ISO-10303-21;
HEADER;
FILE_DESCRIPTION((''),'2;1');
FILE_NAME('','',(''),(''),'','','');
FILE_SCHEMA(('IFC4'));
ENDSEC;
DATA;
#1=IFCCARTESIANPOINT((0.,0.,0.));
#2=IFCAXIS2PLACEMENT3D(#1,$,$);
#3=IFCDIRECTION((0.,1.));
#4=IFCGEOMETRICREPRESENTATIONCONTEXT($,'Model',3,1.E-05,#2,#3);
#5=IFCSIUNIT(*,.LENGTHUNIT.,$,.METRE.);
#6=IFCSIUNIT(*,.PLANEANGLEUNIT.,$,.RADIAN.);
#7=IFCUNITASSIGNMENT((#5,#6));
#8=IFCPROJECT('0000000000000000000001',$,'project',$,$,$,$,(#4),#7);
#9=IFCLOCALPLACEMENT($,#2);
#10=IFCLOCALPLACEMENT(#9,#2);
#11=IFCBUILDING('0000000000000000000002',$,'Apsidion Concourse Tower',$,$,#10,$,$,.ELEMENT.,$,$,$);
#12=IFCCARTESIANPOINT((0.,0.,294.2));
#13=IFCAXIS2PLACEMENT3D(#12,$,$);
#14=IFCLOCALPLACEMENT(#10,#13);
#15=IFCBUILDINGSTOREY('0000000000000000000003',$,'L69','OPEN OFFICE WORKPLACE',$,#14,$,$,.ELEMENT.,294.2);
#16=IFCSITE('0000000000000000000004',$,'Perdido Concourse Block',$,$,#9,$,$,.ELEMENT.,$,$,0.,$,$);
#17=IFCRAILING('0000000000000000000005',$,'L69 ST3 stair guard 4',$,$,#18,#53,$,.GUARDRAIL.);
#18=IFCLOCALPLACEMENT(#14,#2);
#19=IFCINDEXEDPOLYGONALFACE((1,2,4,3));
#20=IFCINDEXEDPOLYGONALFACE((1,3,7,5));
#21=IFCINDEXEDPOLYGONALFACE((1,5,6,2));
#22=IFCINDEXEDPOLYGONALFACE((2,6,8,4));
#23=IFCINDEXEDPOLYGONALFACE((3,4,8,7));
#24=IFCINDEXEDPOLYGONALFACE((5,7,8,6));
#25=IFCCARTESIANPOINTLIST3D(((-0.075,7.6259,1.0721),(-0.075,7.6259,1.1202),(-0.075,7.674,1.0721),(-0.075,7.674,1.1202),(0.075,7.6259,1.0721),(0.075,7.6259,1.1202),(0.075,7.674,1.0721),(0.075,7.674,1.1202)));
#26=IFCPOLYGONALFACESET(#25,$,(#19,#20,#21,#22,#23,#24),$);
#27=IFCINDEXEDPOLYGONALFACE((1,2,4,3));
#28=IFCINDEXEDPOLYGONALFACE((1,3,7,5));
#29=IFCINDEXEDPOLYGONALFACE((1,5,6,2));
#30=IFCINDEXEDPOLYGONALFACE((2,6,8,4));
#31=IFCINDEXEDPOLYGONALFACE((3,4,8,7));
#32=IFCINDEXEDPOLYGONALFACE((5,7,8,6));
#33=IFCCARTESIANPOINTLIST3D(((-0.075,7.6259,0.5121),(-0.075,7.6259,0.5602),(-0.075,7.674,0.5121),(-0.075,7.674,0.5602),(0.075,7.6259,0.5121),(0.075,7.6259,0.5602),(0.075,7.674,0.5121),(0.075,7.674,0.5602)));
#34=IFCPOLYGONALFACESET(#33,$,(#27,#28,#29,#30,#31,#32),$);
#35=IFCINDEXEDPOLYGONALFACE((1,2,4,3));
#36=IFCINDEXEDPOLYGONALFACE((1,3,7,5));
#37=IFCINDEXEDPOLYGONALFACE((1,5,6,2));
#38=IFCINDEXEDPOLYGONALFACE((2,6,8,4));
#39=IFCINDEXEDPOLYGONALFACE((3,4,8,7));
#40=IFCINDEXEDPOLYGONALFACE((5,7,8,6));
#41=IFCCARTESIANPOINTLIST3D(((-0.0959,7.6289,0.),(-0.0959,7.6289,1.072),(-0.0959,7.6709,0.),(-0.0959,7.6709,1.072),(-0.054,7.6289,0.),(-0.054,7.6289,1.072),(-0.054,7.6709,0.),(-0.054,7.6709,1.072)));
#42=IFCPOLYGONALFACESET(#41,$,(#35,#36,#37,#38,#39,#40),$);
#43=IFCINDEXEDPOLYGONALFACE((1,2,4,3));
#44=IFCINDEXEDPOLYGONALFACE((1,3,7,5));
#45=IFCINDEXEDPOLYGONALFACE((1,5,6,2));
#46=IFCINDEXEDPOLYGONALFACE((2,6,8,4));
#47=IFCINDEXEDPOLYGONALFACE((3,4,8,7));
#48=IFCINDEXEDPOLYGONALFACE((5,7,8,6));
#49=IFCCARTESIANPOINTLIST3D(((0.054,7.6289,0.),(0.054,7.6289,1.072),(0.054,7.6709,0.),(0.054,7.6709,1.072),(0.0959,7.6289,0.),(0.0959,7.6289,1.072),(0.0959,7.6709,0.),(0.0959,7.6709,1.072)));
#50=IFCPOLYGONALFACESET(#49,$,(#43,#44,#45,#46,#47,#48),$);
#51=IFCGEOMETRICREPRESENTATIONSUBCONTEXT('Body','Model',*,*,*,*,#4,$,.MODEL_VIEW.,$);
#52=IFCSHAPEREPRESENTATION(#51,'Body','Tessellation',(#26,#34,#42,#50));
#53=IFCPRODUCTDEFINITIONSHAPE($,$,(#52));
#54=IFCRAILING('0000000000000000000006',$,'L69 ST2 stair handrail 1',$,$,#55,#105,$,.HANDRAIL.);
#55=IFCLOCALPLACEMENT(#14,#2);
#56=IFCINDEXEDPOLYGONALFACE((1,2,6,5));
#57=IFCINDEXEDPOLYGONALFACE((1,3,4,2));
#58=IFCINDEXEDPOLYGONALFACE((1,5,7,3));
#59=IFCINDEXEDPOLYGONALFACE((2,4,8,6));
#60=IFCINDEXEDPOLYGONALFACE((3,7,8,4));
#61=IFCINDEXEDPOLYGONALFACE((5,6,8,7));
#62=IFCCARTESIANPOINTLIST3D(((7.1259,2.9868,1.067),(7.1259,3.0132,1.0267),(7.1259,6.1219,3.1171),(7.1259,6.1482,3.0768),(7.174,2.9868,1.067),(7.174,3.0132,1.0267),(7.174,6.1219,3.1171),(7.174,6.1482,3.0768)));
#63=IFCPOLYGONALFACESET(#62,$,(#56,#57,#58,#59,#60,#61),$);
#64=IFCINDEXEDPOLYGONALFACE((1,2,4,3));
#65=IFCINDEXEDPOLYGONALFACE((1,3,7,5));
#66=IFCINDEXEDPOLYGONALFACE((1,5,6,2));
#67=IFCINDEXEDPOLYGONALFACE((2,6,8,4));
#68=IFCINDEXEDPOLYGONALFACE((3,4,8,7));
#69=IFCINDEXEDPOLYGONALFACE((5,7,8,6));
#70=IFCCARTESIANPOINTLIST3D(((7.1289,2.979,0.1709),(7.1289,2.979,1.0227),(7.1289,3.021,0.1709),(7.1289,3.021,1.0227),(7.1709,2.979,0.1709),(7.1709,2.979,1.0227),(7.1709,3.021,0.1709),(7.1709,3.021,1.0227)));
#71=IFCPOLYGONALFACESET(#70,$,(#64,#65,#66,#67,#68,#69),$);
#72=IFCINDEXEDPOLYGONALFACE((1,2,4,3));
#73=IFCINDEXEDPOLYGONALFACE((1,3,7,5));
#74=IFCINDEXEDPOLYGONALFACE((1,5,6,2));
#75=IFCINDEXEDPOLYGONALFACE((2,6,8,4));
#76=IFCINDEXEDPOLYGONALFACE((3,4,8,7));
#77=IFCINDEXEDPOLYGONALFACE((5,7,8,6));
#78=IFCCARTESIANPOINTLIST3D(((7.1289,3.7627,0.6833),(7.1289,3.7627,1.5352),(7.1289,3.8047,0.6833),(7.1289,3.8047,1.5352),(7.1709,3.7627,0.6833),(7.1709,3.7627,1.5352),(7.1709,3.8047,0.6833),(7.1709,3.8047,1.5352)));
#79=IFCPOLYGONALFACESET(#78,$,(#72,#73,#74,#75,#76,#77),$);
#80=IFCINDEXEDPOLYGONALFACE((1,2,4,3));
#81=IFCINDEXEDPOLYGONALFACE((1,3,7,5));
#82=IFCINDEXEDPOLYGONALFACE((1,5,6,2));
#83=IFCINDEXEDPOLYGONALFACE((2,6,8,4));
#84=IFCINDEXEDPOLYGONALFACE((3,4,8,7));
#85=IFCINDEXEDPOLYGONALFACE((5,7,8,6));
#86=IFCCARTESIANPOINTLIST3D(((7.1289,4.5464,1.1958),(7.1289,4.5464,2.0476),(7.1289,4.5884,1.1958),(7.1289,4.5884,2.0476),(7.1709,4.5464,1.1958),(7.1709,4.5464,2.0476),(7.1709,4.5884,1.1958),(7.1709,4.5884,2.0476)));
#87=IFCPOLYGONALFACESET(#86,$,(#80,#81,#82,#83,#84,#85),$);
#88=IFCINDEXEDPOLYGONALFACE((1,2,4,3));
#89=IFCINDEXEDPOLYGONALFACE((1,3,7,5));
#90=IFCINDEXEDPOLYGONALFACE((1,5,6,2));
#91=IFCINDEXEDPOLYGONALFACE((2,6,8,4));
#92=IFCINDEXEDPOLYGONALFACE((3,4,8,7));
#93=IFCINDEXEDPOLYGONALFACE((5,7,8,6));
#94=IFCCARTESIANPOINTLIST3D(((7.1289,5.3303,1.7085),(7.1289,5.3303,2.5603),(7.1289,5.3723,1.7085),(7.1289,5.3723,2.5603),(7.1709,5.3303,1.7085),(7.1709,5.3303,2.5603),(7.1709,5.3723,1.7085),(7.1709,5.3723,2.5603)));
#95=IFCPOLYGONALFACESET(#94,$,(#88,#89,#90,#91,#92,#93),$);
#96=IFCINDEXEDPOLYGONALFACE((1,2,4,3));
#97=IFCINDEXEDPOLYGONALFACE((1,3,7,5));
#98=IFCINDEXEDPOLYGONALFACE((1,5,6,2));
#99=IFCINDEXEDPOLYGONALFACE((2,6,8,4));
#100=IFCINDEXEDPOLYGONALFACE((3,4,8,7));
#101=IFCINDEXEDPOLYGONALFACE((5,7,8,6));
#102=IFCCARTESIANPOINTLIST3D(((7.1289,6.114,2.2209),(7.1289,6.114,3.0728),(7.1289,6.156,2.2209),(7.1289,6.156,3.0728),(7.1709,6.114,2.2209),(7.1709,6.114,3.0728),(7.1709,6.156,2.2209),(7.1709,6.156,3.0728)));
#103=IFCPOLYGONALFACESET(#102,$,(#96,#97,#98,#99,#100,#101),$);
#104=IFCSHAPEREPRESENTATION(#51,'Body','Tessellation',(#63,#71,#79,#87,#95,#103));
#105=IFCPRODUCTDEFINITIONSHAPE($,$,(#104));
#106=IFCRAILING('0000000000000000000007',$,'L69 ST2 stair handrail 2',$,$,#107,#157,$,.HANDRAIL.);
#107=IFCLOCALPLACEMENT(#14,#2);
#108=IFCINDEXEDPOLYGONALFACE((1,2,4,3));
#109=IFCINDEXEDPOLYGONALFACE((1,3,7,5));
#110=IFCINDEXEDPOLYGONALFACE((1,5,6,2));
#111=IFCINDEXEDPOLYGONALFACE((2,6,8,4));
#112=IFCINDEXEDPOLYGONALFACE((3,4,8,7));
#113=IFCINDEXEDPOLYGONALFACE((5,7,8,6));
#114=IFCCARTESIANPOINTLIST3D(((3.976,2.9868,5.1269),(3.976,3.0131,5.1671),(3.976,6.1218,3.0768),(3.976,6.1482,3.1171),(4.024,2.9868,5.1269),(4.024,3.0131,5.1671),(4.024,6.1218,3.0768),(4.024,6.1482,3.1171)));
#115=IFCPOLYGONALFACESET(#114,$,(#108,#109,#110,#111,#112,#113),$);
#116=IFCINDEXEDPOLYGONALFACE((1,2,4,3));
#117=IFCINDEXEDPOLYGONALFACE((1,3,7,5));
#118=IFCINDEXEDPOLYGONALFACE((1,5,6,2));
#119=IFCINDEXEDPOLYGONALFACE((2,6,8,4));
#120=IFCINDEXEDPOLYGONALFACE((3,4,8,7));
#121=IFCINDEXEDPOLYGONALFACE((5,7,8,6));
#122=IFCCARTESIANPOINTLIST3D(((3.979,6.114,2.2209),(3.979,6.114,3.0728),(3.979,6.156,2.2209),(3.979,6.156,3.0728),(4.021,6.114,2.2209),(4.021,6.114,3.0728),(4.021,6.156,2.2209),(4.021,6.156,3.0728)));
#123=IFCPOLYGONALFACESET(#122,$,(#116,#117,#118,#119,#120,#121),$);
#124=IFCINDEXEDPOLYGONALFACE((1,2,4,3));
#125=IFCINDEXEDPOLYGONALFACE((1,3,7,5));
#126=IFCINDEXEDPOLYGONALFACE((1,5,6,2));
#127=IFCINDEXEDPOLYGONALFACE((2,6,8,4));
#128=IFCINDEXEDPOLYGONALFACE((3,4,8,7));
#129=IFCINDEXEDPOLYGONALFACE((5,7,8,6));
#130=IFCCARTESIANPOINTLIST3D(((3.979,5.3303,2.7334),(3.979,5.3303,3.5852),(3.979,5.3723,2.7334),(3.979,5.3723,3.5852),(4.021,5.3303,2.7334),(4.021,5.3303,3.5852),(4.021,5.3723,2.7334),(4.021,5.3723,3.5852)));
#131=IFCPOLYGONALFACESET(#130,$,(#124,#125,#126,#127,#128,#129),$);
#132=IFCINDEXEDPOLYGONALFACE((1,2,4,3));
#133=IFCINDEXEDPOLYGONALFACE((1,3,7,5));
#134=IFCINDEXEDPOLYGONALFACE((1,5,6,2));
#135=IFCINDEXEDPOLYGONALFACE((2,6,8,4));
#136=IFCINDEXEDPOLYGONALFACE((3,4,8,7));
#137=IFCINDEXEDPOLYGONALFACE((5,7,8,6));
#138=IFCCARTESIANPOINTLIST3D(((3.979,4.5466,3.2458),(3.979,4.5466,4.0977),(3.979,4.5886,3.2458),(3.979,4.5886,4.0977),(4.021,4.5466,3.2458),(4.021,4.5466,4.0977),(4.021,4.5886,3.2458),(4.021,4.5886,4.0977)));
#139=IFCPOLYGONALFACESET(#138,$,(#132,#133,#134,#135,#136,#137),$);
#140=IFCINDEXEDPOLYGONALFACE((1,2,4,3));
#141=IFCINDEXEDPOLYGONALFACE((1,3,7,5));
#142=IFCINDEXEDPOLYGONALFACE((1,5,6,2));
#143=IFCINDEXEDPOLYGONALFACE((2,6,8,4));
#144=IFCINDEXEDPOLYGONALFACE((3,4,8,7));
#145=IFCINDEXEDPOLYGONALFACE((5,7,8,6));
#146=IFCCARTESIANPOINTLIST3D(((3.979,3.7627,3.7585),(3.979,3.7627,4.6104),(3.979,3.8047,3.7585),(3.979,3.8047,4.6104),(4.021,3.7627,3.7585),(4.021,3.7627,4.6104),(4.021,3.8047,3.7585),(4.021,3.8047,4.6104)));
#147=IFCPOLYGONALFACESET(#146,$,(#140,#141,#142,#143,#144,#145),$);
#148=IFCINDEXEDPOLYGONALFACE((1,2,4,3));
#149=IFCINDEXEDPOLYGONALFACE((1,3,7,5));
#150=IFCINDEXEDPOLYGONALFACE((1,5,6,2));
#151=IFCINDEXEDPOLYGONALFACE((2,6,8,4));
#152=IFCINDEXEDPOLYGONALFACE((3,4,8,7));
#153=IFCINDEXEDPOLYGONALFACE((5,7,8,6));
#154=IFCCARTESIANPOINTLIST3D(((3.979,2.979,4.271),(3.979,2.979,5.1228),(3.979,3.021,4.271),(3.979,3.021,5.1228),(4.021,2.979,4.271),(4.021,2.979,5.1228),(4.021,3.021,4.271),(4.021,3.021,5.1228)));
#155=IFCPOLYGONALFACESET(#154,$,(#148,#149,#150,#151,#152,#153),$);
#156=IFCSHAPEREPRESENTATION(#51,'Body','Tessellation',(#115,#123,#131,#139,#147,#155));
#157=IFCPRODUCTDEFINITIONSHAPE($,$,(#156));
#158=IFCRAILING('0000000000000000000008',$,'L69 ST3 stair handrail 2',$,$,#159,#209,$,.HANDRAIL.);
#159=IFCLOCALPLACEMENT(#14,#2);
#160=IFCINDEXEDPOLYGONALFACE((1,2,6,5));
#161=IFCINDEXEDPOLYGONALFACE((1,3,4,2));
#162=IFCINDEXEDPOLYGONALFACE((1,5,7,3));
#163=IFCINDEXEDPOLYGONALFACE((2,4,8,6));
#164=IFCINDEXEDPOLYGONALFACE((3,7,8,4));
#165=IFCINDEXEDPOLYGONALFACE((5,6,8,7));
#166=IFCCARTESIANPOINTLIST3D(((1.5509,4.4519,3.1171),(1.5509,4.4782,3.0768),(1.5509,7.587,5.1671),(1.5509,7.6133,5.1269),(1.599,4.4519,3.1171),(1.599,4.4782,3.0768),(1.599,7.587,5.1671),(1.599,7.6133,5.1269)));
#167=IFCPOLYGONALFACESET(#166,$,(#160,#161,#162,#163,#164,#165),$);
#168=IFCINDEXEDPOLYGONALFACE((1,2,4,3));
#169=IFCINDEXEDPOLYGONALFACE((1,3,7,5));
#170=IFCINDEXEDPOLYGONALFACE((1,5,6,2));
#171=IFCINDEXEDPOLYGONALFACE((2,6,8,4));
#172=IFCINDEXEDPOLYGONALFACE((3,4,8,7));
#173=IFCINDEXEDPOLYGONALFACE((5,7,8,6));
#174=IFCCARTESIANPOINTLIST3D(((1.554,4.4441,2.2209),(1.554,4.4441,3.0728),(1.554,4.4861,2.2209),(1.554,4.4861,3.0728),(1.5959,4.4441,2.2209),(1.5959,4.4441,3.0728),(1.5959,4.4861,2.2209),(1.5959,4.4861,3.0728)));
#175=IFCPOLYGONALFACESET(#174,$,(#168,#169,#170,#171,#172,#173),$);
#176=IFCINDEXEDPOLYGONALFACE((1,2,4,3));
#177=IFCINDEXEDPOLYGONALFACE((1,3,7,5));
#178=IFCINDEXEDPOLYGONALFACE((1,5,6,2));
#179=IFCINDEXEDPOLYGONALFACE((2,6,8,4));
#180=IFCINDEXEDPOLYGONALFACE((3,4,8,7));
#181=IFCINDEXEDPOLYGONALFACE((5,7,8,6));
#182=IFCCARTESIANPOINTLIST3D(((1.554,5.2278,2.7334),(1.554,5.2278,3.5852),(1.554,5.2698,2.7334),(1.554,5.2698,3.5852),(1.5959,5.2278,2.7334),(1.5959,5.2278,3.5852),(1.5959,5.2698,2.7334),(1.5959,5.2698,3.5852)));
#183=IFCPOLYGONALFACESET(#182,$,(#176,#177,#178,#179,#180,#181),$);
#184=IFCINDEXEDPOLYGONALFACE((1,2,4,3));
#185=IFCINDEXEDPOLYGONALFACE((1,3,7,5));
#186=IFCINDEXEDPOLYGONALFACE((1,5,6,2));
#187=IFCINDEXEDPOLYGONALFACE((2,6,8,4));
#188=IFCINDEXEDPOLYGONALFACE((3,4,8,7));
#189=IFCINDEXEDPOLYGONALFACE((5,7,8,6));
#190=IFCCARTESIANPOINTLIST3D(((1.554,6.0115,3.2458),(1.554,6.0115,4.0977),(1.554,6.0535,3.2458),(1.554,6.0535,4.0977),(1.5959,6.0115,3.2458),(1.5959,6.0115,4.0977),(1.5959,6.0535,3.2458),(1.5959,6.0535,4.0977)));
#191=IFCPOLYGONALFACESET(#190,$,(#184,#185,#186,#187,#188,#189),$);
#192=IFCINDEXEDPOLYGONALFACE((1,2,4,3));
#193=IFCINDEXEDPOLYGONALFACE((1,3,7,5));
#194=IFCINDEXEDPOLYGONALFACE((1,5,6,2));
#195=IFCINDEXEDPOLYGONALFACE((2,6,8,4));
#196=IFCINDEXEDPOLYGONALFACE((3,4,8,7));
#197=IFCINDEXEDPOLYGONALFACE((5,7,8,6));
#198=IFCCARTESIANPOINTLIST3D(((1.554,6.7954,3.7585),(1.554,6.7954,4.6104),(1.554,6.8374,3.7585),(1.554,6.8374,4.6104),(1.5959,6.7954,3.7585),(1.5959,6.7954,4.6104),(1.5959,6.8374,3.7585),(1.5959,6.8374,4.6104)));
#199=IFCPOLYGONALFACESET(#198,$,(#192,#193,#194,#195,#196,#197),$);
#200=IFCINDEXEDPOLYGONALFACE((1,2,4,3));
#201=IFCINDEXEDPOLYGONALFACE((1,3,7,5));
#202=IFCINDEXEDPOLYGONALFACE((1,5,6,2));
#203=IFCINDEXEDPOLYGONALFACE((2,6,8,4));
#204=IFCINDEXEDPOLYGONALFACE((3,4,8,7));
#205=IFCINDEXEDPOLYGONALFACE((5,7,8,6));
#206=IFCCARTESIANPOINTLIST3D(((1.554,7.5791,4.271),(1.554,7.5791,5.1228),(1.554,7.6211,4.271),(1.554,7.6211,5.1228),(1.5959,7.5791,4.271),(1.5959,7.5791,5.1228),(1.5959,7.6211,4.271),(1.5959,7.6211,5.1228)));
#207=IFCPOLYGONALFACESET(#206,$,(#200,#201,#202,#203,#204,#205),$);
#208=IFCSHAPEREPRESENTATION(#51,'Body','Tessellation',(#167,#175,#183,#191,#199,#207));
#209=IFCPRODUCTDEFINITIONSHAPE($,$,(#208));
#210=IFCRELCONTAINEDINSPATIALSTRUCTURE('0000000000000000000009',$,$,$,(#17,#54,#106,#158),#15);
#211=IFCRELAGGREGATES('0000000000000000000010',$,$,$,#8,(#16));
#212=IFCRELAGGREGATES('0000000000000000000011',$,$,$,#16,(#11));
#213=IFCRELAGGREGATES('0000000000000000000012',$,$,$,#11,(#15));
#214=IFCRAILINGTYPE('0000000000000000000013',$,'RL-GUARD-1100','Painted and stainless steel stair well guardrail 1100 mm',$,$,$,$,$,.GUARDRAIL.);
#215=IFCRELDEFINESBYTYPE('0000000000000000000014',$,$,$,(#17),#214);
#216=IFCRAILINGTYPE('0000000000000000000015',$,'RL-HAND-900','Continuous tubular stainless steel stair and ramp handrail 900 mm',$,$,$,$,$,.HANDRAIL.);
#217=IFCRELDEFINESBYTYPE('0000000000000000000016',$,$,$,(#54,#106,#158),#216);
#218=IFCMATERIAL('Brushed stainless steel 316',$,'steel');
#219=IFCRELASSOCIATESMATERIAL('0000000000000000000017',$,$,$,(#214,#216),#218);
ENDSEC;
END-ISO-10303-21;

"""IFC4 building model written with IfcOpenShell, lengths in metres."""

from ifc_helpers import new_model, si_unit, direction, frame, origin, origin_2d, place, context, subcontext, project, spatial, rectangle, extrude, material, type_object, element, save


model = new_model("IFC4")

# Units and contexts
model_context = context("Model", 3, precision=1e-05, world=origin(), true_north=direction((0.0, 1.0)))
body_context = subcontext(model_context, "Body", "Model", "MODEL_VIEW")
ifc_project = project(units=[si_unit("LENGTHUNIT", "METRE"), si_unit("PLANEANGLEUNIT", "RADIAN")], contexts=[model_context])

# Site, building, storey
site_placement = place(None, origin())
site = spatial("IfcSite", under=ifc_project, at=site_placement, Name="Perdido Concourse Block", CompositionType="ELEMENT", RefElevation=0.0)
building_placement = place(site_placement, origin())
building = spatial("IfcBuilding", under=site, at=building_placement, Name="Apsidion Concourse Tower", CompositionType="ELEMENT")
storey_placement = place(building_placement, frame((0.0, 0.0, 294.2)))
storey = spatial("IfcBuildingStorey", under=building, at=storey_placement, Name="L69", Description="OPEN OFFICE WORKPLACE", CompositionType="ELEMENT", Elevation=294.2)

# Railings
ifc_material_1 = material(Name="Brushed stainless steel 316", Category="steel")
railing_type_1 = type_object("IfcRailingType", Name="RL-GUARD-1100", Description="Painted and stainless steel stair well guardrail 1100 mm", PredefinedType="GUARDRAIL", material=ifc_material_1)
railing_1_placement = place(storey_placement, frame((-0.075, 7.6499, 0.0)))
element("IfcRailing", 1, at=railing_1_placement, inside=storey, type_object=railing_type_1, Name="L69 ST3 stair guard 4", PredefinedType="GUARDRAIL", context=body_context, shape_type="SweptSolid", body=[
    extrude(rectangle(XDim=0.0481, YDim=0.0481, at=origin_2d()), frame((0.0, 0.0, 1.0962), z_axis=(1.0, 0.0, 0.0), x_axis=(0.0, 1.0, 0.0)), (0.0, 0.0, 1.0), 0.1499),
    extrude(rectangle(XDim=0.0481, YDim=0.0481, at=origin_2d()), frame((0.0, 0.0, 0.5361), z_axis=(1.0, 0.0, 0.0), x_axis=(0.0, 1.0, 0.0)), (0.0, 0.0, 1.0), 0.1499),
    extrude(rectangle(XDim=0.042, YDim=0.042, at=origin_2d()), origin(), (0.0, 0.0, 1.0), 1.072),
    extrude(rectangle(XDim=0.042, YDim=0.042, at=origin_2d()), frame((0.1499, 0.0, 0.0)), (0.0, 0.0, 1.0), 1.072),
])
railing_type_2 = type_object("IfcRailingType", Name="RL-HAND-900", Description="Continuous tubular stainless steel stair and ramp handrail 900 mm", PredefinedType="HANDRAIL", material=ifc_material_1)
railing_2_placement = place(storey_placement, frame((7.1499, 3.0, 0.1709)))
element("IfcRailing", 2, at=railing_2_placement, inside=storey, type_object=railing_type_2, Name="L69 ST2 stair handrail 1", PredefinedType="HANDRAIL", context=body_context, shape_type="SweptSolid", body=[
    extrude(rectangle(XDim=0.0481, YDim=0.0481, at=origin_2d()), frame((0.0, 0.0, 0.876), z_axis=(0.0, 0.836941, 0.547293), x_axis=(-1.0, 0.0, 0.0)), (0.0, 0.0, 1.0), 3.7458),
    extrude(rectangle(XDim=0.042, YDim=0.042, at=origin_2d()), origin(), (0.0, 0.0, 1.0), 0.8518),
    extrude(rectangle(XDim=0.042, YDim=0.042, at=origin_2d()), frame((0.0, 0.7837, 0.5125)), (0.0, 0.0, 1.0), 0.8518),
    extrude(rectangle(XDim=0.042, YDim=0.042, at=origin_2d()), frame((0.0, 1.5674, 1.0249)), (0.0, 0.0, 1.0), 0.8518),
    extrude(rectangle(XDim=0.042, YDim=0.042, at=origin_2d()), frame((0.0, 2.3513, 1.5376)), (0.0, 0.0, 1.0), 0.8518),
    extrude(rectangle(XDim=0.042, YDim=0.042, at=origin_2d()), frame((0.0, 3.135, 2.05)), (0.0, 0.0, 1.0), 0.8518),
])
railing_3_placement = place(storey_placement, frame((4.0, 6.135, 2.2209)))
element("IfcRailing", 3, at=railing_3_placement, inside=storey, type_object=railing_type_2, Name="L69 ST2 stair handrail 2", PredefinedType="HANDRAIL", context=body_context, shape_type="SweptSolid", body=[
    extrude(rectangle(XDim=0.0481, YDim=0.0481, at=origin_2d()), frame((0.0, 0.0, 0.876), z_axis=(0.0, -0.836941, 0.547293), x_axis=(1.0, 0.0, 0.0)), (0.0, 0.0, 1.0), 3.7458),
    extrude(rectangle(XDim=0.042, YDim=0.042, at=origin_2d()), origin(), (0.0, 0.0, 1.0), 0.8518),
    extrude(rectangle(XDim=0.042, YDim=0.042, at=origin_2d()), frame((0.0, -0.7837, 0.5125)), (0.0, 0.0, 1.0), 0.8518),
    extrude(rectangle(XDim=0.042, YDim=0.042, at=origin_2d()), frame((0.0, -1.5674, 1.0249)), (0.0, 0.0, 1.0), 0.8518),
    extrude(rectangle(XDim=0.042, YDim=0.042, at=origin_2d()), frame((0.0, -2.3513, 1.5376)), (0.0, 0.0, 1.0), 0.8518),
    extrude(rectangle(XDim=0.042, YDim=0.042, at=origin_2d()), frame((0.0, -3.135, 2.05)), (0.0, 0.0, 1.0), 0.8518),
])
railing_4_placement = place(storey_placement, frame((1.575, 4.4651, 2.2209)))
element("IfcRailing", 4, at=railing_4_placement, inside=storey, type_object=railing_type_2, Name="L69 ST3 stair handrail 2", PredefinedType="HANDRAIL", context=body_context, shape_type="SweptSolid", body=[
    extrude(rectangle(XDim=0.0481, YDim=0.0481, at=origin_2d()), frame((0.0, 0.0, 0.876), z_axis=(0.0, 0.836941, 0.547293), x_axis=(-1.0, 0.0, 0.0)), (0.0, 0.0, 1.0), 3.7458),
    extrude(rectangle(XDim=0.042, YDim=0.042, at=origin_2d()), origin(), (0.0, 0.0, 1.0), 0.8518),
    extrude(rectangle(XDim=0.042, YDim=0.042, at=origin_2d()), frame((0.0, 0.7837, 0.5125)), (0.0, 0.0, 1.0), 0.8518),
    extrude(rectangle(XDim=0.042, YDim=0.042, at=origin_2d()), frame((0.0, 1.5674, 1.0249)), (0.0, 0.0, 1.0), 0.8518),
    extrude(rectangle(XDim=0.042, YDim=0.042, at=origin_2d()), frame((0.0, 2.3513, 1.5376)), (0.0, 0.0, 1.0), 0.8518),
    extrude(rectangle(XDim=0.042, YDim=0.042, at=origin_2d()), frame((0.0, 3.135, 2.05)), (0.0, 0.0, 1.0), 0.8518),
])

save(model, "model.ifc")
